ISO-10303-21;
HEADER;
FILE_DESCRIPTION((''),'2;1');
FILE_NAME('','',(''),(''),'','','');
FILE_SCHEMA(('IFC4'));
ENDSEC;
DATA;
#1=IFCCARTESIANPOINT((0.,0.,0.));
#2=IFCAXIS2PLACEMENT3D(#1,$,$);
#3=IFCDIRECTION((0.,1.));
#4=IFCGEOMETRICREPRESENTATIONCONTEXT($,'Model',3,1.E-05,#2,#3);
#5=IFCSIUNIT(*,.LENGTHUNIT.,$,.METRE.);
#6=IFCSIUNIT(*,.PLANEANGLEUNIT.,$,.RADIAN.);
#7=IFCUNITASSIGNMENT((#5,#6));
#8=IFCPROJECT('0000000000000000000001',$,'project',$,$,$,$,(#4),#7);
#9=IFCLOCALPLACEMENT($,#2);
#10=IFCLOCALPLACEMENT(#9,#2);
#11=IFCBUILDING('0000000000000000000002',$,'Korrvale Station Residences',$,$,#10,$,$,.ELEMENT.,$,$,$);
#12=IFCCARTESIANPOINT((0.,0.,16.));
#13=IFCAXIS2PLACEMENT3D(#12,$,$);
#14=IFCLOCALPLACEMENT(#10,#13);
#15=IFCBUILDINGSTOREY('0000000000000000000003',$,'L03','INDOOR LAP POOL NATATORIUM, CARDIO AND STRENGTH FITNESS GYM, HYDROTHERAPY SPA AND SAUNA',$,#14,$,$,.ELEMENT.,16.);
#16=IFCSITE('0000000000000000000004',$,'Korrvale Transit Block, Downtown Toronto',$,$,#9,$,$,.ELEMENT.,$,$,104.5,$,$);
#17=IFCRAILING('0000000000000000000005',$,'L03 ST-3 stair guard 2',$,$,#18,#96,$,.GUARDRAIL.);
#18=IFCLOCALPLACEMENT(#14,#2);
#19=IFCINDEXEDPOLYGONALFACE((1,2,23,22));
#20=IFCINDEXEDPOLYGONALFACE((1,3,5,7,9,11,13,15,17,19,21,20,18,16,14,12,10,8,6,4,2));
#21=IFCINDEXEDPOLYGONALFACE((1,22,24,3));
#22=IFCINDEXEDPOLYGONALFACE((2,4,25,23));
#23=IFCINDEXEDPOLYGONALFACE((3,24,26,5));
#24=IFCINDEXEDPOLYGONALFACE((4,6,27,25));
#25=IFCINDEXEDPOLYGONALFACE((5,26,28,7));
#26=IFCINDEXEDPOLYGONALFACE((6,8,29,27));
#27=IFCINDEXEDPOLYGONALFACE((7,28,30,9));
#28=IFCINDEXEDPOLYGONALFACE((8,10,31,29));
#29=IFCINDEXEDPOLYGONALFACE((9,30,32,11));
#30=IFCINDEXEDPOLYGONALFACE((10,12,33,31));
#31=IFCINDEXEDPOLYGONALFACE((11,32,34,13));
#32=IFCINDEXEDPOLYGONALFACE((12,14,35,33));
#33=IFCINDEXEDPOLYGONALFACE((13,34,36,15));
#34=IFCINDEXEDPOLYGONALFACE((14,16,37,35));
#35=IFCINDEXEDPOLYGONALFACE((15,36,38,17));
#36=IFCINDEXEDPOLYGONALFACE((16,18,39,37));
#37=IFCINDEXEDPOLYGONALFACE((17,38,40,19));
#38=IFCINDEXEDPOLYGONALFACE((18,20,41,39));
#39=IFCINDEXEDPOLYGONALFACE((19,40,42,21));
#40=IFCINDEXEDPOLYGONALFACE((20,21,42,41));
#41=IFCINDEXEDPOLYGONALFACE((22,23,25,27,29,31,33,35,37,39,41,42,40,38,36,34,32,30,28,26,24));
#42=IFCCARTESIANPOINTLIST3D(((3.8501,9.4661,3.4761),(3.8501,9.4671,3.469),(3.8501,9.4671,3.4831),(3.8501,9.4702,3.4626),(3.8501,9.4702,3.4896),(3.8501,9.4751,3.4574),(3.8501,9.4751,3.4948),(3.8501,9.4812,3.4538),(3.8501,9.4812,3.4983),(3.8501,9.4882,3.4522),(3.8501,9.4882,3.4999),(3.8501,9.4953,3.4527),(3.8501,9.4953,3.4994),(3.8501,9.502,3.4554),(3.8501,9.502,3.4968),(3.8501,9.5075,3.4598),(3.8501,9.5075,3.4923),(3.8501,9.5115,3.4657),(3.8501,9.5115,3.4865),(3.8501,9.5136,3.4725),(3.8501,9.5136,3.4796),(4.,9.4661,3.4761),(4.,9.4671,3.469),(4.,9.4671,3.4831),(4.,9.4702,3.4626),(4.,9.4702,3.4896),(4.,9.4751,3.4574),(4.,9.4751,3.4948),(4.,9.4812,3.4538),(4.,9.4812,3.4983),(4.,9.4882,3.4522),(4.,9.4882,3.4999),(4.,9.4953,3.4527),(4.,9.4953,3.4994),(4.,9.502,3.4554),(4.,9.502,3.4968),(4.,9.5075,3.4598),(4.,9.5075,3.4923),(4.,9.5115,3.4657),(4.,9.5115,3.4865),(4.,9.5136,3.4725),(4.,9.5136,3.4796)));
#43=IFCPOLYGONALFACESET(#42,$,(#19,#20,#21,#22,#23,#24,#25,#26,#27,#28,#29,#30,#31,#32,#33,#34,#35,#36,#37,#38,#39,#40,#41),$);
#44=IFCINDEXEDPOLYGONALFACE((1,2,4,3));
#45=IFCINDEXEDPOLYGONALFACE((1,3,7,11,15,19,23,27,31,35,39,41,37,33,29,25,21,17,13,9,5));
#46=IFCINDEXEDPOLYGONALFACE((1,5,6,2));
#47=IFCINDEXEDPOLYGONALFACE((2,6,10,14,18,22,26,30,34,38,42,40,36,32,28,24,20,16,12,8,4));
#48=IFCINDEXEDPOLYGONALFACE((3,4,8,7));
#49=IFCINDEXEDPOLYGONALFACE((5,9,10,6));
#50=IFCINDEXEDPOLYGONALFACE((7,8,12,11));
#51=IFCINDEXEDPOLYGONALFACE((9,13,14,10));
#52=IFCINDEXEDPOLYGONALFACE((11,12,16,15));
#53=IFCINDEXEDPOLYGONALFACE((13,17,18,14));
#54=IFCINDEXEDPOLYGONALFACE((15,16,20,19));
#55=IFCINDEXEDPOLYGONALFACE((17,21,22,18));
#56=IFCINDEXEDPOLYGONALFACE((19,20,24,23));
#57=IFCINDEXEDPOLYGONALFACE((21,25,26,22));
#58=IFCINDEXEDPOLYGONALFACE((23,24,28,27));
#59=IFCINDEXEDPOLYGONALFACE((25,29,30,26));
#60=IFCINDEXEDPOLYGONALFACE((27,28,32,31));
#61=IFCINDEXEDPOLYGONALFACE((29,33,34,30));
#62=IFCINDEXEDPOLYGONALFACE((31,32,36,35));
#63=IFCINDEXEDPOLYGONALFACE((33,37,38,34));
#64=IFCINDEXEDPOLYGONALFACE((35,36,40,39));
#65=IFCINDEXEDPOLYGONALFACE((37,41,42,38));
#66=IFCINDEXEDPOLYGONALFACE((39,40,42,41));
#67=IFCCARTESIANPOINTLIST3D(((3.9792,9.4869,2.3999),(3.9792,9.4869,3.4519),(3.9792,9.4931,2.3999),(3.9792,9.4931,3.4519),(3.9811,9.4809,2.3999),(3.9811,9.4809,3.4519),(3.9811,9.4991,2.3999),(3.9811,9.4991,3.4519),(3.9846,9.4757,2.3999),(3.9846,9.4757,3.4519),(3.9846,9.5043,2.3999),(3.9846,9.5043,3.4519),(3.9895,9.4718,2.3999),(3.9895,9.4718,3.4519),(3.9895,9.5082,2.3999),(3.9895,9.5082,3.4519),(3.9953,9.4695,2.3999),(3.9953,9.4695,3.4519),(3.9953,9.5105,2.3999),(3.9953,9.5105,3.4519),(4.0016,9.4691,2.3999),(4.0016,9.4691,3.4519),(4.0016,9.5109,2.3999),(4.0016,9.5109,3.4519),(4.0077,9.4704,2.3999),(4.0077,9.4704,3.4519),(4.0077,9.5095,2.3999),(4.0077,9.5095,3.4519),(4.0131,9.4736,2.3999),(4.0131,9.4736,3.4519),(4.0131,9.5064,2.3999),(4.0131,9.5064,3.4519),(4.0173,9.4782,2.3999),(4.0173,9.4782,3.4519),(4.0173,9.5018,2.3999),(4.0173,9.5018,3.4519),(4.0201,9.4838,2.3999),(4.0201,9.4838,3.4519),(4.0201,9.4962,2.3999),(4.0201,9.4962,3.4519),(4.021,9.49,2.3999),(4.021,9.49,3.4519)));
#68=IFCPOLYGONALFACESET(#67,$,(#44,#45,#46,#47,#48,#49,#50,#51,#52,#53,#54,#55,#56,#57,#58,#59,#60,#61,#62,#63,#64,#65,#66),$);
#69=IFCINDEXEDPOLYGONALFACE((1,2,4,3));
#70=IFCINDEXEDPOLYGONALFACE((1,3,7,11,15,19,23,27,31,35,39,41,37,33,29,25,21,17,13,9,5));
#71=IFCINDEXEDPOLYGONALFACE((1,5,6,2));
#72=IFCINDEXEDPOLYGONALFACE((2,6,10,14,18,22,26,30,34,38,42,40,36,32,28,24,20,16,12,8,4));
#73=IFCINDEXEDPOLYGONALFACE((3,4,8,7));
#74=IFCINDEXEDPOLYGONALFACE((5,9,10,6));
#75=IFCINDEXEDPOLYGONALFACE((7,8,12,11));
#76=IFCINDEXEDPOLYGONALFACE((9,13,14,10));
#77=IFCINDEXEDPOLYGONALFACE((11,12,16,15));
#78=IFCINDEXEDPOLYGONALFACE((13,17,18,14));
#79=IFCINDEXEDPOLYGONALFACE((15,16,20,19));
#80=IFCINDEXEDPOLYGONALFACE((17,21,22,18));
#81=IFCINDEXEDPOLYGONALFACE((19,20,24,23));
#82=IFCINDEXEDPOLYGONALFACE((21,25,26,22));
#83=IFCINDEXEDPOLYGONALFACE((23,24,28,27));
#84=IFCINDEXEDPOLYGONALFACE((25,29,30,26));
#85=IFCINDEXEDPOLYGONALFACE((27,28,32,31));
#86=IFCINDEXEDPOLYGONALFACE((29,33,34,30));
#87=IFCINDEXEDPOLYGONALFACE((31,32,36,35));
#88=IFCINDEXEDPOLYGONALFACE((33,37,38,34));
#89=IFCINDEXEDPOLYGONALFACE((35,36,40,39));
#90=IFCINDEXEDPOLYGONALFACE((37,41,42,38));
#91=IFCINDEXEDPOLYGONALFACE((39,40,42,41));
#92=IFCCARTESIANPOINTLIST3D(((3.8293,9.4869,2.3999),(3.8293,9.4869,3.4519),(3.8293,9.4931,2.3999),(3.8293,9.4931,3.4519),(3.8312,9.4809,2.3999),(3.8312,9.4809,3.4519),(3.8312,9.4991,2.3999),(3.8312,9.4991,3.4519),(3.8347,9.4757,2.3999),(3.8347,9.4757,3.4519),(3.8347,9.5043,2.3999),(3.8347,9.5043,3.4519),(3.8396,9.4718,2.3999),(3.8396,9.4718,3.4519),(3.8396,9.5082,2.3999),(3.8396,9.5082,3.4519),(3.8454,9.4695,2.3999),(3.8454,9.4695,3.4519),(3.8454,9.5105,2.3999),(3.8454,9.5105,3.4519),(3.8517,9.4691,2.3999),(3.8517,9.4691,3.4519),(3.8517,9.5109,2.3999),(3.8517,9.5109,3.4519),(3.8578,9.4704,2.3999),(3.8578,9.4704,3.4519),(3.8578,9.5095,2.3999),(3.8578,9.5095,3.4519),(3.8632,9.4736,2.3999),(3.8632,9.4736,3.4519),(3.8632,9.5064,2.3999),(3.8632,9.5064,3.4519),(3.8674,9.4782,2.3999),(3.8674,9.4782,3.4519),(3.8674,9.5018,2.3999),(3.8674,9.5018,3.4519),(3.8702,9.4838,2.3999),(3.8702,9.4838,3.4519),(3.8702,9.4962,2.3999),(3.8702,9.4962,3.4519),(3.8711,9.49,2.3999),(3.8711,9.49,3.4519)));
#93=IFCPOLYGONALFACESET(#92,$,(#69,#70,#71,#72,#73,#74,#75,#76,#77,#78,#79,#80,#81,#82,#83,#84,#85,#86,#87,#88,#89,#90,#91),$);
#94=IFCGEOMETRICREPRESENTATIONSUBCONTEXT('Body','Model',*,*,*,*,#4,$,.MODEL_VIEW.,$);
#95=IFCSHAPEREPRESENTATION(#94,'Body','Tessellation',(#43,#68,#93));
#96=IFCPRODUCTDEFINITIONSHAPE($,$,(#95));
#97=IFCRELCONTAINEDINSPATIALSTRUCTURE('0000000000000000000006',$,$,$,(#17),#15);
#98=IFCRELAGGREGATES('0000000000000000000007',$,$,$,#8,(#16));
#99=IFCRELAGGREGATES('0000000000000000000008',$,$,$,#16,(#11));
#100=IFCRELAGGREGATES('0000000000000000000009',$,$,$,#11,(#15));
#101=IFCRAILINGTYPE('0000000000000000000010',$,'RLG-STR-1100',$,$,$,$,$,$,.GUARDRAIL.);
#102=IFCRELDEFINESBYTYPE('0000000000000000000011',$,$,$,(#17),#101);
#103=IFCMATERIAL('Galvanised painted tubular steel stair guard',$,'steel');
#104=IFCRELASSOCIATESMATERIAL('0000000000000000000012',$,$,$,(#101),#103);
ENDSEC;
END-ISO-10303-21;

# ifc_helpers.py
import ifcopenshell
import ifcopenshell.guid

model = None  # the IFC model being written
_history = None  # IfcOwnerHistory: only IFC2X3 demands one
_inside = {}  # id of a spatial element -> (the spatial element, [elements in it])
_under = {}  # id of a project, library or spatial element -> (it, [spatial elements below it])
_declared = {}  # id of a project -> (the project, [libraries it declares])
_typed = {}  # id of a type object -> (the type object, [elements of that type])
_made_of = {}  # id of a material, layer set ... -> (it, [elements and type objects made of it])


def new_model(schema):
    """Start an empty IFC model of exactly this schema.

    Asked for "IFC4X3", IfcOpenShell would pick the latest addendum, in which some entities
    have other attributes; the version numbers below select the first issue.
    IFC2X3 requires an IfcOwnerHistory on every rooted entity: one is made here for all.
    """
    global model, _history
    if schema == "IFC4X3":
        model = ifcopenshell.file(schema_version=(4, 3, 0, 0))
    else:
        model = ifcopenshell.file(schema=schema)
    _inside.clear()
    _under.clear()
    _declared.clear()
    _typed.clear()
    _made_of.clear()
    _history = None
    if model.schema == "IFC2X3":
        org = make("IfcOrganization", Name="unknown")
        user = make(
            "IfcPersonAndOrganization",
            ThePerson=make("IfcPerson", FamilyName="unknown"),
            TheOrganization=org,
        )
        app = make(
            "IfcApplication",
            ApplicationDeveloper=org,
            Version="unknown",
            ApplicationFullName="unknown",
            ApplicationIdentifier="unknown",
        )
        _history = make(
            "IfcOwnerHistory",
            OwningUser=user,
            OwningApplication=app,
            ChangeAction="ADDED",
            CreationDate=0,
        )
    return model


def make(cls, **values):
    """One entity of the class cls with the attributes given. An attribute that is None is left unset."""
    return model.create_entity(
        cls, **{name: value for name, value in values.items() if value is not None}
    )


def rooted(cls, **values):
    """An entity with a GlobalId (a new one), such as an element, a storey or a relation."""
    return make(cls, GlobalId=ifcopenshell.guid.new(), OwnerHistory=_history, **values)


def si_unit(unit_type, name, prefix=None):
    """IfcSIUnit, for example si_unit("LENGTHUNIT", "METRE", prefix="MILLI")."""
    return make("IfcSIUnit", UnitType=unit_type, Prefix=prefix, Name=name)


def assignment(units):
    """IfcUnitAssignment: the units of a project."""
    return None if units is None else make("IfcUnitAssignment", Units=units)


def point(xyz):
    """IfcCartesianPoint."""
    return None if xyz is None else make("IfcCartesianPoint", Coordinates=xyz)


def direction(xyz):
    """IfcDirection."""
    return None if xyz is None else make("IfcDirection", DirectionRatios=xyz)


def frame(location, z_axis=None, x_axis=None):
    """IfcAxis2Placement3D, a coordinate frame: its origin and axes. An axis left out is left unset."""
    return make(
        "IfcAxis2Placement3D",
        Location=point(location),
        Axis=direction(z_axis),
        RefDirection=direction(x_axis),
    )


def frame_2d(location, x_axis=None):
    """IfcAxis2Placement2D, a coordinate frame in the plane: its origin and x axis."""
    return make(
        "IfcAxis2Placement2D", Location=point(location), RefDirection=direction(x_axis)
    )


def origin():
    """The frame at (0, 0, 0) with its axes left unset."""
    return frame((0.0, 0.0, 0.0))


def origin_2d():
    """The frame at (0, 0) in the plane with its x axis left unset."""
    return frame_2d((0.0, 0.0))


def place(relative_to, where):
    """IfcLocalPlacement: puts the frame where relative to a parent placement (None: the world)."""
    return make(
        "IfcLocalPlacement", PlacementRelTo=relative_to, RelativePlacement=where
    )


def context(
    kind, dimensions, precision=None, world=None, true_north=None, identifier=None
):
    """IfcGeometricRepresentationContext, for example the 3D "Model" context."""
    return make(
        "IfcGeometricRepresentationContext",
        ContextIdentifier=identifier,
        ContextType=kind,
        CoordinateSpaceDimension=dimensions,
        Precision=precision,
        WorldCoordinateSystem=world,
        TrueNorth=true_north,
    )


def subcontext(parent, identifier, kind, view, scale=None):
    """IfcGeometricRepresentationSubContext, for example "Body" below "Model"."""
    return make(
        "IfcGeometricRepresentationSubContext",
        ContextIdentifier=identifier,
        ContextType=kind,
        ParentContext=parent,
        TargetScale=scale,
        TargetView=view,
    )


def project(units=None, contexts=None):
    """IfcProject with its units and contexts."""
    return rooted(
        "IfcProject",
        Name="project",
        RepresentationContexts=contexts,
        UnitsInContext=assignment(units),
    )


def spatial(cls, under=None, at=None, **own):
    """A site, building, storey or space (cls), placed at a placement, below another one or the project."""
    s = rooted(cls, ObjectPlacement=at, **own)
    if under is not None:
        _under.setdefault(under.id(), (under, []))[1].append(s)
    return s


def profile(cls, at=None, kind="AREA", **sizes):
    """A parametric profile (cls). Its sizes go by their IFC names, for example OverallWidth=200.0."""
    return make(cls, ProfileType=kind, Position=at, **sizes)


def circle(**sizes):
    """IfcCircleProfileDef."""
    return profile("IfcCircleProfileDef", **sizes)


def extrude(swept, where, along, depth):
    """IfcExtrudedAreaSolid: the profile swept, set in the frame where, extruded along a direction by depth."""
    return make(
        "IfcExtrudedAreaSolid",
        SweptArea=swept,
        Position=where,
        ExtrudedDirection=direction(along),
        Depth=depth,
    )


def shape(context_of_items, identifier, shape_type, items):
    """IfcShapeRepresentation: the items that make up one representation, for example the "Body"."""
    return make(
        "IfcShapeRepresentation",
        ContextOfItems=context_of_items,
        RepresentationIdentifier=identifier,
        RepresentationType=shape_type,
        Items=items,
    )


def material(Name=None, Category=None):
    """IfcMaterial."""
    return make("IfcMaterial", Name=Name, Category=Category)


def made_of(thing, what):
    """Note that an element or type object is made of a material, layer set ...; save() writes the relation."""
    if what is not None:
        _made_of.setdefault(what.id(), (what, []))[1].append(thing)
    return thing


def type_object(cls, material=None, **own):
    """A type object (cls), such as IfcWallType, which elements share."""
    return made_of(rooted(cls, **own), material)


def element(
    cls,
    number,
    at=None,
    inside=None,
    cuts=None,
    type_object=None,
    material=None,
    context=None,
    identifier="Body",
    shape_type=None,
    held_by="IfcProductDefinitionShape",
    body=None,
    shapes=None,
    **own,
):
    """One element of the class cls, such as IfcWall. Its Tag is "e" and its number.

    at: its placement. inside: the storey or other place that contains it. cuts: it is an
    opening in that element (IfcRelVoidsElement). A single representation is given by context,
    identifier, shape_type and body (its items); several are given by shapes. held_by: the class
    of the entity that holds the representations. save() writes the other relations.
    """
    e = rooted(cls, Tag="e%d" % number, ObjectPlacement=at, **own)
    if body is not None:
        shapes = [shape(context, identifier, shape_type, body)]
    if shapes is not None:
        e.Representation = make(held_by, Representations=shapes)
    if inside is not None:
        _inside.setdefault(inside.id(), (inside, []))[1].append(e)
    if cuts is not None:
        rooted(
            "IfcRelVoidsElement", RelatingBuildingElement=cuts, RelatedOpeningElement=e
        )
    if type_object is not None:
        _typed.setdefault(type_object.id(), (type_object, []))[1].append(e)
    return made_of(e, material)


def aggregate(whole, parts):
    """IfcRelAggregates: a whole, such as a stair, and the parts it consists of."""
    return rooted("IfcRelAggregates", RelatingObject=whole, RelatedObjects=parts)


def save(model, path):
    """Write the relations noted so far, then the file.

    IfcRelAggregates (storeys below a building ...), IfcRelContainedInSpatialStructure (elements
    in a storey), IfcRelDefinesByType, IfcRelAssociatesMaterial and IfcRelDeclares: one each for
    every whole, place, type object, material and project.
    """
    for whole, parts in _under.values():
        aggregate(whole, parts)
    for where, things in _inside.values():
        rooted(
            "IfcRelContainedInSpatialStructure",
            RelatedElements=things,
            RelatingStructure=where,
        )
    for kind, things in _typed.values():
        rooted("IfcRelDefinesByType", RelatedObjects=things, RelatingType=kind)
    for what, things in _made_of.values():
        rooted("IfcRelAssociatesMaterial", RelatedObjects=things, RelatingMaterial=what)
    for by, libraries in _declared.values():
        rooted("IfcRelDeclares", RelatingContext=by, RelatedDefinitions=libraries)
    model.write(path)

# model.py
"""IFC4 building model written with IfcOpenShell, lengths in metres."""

from ifc_helpers import new_model, si_unit, direction, frame, origin, origin_2d, place, context, subcontext, project, spatial, circle, extrude, material, type_object, element, save


model = new_model("IFC4")

# Units and contexts
model_context = context("Model", 3, precision=1e-05, world=origin(), true_north=direction((0.0, 1.0)))
body_context = subcontext(model_context, "Body", "Model", "MODEL_VIEW")
ifc_project = project(units=[si_unit("LENGTHUNIT", "METRE"), si_unit("PLANEANGLEUNIT", "RADIAN")], contexts=[model_context])

# Site, building, storey
site_placement = place(None, origin())
site = spatial("IfcSite", under=ifc_project, at=site_placement, Name="Korrvale Transit Block, Downtown Toronto", CompositionType="ELEMENT", RefElevation=104.5)
building_placement = place(site_placement, origin())
building = spatial("IfcBuilding", under=site, at=building_placement, Name="Korrvale Station Residences", CompositionType="ELEMENT")
storey_placement = place(building_placement, frame((0.0, 0.0, 16.0)))
storey = spatial("IfcBuildingStorey", under=building, at=storey_placement, Name="L03", Description="INDOOR LAP POOL NATATORIUM, CARDIO AND STRENGTH FITNESS GYM, HYDROTHERAPY SPA AND SAUNA", CompositionType="ELEMENT", Elevation=16.0)

# Railing
ifc_material_1 = material(Name="Galvanised painted tubular steel stair guard", Category="steel")
railing_type_1 = type_object("IfcRailingType", Name="RLG-STR-1100", PredefinedType="GUARDRAIL", material=ifc_material_1)
railing_1_placement = place(storey_placement, frame((4.0, 9.49, 2.3999)))
element("IfcRailing", 1, at=railing_1_placement, inside=storey, type_object=railing_type_1, Name="L03 ST-3 stair guard 2", PredefinedType="GUARDRAIL", context=body_context, shape_type="SweptSolid", body=[
    extrude(circle(Radius=0.0239, at=origin_2d()), frame((0.0, 0.0, 1.0762), z_axis=(-1.0, 0.0, 0.0), x_axis=(0.0, -1.0, 0.0)), (0.0, 0.0, 1.0), 0.1499),
    extrude(circle(Radius=0.021, at=origin_2d()), origin(), (0.0, 0.0, 1.0), 1.052),
    extrude(circle(Radius=0.021, at=origin_2d()), frame((-0.1499, 0.0, 0.0)), (0.0, 0.0, 1.0), 1.052),
])

save(model, "model.ifc")
